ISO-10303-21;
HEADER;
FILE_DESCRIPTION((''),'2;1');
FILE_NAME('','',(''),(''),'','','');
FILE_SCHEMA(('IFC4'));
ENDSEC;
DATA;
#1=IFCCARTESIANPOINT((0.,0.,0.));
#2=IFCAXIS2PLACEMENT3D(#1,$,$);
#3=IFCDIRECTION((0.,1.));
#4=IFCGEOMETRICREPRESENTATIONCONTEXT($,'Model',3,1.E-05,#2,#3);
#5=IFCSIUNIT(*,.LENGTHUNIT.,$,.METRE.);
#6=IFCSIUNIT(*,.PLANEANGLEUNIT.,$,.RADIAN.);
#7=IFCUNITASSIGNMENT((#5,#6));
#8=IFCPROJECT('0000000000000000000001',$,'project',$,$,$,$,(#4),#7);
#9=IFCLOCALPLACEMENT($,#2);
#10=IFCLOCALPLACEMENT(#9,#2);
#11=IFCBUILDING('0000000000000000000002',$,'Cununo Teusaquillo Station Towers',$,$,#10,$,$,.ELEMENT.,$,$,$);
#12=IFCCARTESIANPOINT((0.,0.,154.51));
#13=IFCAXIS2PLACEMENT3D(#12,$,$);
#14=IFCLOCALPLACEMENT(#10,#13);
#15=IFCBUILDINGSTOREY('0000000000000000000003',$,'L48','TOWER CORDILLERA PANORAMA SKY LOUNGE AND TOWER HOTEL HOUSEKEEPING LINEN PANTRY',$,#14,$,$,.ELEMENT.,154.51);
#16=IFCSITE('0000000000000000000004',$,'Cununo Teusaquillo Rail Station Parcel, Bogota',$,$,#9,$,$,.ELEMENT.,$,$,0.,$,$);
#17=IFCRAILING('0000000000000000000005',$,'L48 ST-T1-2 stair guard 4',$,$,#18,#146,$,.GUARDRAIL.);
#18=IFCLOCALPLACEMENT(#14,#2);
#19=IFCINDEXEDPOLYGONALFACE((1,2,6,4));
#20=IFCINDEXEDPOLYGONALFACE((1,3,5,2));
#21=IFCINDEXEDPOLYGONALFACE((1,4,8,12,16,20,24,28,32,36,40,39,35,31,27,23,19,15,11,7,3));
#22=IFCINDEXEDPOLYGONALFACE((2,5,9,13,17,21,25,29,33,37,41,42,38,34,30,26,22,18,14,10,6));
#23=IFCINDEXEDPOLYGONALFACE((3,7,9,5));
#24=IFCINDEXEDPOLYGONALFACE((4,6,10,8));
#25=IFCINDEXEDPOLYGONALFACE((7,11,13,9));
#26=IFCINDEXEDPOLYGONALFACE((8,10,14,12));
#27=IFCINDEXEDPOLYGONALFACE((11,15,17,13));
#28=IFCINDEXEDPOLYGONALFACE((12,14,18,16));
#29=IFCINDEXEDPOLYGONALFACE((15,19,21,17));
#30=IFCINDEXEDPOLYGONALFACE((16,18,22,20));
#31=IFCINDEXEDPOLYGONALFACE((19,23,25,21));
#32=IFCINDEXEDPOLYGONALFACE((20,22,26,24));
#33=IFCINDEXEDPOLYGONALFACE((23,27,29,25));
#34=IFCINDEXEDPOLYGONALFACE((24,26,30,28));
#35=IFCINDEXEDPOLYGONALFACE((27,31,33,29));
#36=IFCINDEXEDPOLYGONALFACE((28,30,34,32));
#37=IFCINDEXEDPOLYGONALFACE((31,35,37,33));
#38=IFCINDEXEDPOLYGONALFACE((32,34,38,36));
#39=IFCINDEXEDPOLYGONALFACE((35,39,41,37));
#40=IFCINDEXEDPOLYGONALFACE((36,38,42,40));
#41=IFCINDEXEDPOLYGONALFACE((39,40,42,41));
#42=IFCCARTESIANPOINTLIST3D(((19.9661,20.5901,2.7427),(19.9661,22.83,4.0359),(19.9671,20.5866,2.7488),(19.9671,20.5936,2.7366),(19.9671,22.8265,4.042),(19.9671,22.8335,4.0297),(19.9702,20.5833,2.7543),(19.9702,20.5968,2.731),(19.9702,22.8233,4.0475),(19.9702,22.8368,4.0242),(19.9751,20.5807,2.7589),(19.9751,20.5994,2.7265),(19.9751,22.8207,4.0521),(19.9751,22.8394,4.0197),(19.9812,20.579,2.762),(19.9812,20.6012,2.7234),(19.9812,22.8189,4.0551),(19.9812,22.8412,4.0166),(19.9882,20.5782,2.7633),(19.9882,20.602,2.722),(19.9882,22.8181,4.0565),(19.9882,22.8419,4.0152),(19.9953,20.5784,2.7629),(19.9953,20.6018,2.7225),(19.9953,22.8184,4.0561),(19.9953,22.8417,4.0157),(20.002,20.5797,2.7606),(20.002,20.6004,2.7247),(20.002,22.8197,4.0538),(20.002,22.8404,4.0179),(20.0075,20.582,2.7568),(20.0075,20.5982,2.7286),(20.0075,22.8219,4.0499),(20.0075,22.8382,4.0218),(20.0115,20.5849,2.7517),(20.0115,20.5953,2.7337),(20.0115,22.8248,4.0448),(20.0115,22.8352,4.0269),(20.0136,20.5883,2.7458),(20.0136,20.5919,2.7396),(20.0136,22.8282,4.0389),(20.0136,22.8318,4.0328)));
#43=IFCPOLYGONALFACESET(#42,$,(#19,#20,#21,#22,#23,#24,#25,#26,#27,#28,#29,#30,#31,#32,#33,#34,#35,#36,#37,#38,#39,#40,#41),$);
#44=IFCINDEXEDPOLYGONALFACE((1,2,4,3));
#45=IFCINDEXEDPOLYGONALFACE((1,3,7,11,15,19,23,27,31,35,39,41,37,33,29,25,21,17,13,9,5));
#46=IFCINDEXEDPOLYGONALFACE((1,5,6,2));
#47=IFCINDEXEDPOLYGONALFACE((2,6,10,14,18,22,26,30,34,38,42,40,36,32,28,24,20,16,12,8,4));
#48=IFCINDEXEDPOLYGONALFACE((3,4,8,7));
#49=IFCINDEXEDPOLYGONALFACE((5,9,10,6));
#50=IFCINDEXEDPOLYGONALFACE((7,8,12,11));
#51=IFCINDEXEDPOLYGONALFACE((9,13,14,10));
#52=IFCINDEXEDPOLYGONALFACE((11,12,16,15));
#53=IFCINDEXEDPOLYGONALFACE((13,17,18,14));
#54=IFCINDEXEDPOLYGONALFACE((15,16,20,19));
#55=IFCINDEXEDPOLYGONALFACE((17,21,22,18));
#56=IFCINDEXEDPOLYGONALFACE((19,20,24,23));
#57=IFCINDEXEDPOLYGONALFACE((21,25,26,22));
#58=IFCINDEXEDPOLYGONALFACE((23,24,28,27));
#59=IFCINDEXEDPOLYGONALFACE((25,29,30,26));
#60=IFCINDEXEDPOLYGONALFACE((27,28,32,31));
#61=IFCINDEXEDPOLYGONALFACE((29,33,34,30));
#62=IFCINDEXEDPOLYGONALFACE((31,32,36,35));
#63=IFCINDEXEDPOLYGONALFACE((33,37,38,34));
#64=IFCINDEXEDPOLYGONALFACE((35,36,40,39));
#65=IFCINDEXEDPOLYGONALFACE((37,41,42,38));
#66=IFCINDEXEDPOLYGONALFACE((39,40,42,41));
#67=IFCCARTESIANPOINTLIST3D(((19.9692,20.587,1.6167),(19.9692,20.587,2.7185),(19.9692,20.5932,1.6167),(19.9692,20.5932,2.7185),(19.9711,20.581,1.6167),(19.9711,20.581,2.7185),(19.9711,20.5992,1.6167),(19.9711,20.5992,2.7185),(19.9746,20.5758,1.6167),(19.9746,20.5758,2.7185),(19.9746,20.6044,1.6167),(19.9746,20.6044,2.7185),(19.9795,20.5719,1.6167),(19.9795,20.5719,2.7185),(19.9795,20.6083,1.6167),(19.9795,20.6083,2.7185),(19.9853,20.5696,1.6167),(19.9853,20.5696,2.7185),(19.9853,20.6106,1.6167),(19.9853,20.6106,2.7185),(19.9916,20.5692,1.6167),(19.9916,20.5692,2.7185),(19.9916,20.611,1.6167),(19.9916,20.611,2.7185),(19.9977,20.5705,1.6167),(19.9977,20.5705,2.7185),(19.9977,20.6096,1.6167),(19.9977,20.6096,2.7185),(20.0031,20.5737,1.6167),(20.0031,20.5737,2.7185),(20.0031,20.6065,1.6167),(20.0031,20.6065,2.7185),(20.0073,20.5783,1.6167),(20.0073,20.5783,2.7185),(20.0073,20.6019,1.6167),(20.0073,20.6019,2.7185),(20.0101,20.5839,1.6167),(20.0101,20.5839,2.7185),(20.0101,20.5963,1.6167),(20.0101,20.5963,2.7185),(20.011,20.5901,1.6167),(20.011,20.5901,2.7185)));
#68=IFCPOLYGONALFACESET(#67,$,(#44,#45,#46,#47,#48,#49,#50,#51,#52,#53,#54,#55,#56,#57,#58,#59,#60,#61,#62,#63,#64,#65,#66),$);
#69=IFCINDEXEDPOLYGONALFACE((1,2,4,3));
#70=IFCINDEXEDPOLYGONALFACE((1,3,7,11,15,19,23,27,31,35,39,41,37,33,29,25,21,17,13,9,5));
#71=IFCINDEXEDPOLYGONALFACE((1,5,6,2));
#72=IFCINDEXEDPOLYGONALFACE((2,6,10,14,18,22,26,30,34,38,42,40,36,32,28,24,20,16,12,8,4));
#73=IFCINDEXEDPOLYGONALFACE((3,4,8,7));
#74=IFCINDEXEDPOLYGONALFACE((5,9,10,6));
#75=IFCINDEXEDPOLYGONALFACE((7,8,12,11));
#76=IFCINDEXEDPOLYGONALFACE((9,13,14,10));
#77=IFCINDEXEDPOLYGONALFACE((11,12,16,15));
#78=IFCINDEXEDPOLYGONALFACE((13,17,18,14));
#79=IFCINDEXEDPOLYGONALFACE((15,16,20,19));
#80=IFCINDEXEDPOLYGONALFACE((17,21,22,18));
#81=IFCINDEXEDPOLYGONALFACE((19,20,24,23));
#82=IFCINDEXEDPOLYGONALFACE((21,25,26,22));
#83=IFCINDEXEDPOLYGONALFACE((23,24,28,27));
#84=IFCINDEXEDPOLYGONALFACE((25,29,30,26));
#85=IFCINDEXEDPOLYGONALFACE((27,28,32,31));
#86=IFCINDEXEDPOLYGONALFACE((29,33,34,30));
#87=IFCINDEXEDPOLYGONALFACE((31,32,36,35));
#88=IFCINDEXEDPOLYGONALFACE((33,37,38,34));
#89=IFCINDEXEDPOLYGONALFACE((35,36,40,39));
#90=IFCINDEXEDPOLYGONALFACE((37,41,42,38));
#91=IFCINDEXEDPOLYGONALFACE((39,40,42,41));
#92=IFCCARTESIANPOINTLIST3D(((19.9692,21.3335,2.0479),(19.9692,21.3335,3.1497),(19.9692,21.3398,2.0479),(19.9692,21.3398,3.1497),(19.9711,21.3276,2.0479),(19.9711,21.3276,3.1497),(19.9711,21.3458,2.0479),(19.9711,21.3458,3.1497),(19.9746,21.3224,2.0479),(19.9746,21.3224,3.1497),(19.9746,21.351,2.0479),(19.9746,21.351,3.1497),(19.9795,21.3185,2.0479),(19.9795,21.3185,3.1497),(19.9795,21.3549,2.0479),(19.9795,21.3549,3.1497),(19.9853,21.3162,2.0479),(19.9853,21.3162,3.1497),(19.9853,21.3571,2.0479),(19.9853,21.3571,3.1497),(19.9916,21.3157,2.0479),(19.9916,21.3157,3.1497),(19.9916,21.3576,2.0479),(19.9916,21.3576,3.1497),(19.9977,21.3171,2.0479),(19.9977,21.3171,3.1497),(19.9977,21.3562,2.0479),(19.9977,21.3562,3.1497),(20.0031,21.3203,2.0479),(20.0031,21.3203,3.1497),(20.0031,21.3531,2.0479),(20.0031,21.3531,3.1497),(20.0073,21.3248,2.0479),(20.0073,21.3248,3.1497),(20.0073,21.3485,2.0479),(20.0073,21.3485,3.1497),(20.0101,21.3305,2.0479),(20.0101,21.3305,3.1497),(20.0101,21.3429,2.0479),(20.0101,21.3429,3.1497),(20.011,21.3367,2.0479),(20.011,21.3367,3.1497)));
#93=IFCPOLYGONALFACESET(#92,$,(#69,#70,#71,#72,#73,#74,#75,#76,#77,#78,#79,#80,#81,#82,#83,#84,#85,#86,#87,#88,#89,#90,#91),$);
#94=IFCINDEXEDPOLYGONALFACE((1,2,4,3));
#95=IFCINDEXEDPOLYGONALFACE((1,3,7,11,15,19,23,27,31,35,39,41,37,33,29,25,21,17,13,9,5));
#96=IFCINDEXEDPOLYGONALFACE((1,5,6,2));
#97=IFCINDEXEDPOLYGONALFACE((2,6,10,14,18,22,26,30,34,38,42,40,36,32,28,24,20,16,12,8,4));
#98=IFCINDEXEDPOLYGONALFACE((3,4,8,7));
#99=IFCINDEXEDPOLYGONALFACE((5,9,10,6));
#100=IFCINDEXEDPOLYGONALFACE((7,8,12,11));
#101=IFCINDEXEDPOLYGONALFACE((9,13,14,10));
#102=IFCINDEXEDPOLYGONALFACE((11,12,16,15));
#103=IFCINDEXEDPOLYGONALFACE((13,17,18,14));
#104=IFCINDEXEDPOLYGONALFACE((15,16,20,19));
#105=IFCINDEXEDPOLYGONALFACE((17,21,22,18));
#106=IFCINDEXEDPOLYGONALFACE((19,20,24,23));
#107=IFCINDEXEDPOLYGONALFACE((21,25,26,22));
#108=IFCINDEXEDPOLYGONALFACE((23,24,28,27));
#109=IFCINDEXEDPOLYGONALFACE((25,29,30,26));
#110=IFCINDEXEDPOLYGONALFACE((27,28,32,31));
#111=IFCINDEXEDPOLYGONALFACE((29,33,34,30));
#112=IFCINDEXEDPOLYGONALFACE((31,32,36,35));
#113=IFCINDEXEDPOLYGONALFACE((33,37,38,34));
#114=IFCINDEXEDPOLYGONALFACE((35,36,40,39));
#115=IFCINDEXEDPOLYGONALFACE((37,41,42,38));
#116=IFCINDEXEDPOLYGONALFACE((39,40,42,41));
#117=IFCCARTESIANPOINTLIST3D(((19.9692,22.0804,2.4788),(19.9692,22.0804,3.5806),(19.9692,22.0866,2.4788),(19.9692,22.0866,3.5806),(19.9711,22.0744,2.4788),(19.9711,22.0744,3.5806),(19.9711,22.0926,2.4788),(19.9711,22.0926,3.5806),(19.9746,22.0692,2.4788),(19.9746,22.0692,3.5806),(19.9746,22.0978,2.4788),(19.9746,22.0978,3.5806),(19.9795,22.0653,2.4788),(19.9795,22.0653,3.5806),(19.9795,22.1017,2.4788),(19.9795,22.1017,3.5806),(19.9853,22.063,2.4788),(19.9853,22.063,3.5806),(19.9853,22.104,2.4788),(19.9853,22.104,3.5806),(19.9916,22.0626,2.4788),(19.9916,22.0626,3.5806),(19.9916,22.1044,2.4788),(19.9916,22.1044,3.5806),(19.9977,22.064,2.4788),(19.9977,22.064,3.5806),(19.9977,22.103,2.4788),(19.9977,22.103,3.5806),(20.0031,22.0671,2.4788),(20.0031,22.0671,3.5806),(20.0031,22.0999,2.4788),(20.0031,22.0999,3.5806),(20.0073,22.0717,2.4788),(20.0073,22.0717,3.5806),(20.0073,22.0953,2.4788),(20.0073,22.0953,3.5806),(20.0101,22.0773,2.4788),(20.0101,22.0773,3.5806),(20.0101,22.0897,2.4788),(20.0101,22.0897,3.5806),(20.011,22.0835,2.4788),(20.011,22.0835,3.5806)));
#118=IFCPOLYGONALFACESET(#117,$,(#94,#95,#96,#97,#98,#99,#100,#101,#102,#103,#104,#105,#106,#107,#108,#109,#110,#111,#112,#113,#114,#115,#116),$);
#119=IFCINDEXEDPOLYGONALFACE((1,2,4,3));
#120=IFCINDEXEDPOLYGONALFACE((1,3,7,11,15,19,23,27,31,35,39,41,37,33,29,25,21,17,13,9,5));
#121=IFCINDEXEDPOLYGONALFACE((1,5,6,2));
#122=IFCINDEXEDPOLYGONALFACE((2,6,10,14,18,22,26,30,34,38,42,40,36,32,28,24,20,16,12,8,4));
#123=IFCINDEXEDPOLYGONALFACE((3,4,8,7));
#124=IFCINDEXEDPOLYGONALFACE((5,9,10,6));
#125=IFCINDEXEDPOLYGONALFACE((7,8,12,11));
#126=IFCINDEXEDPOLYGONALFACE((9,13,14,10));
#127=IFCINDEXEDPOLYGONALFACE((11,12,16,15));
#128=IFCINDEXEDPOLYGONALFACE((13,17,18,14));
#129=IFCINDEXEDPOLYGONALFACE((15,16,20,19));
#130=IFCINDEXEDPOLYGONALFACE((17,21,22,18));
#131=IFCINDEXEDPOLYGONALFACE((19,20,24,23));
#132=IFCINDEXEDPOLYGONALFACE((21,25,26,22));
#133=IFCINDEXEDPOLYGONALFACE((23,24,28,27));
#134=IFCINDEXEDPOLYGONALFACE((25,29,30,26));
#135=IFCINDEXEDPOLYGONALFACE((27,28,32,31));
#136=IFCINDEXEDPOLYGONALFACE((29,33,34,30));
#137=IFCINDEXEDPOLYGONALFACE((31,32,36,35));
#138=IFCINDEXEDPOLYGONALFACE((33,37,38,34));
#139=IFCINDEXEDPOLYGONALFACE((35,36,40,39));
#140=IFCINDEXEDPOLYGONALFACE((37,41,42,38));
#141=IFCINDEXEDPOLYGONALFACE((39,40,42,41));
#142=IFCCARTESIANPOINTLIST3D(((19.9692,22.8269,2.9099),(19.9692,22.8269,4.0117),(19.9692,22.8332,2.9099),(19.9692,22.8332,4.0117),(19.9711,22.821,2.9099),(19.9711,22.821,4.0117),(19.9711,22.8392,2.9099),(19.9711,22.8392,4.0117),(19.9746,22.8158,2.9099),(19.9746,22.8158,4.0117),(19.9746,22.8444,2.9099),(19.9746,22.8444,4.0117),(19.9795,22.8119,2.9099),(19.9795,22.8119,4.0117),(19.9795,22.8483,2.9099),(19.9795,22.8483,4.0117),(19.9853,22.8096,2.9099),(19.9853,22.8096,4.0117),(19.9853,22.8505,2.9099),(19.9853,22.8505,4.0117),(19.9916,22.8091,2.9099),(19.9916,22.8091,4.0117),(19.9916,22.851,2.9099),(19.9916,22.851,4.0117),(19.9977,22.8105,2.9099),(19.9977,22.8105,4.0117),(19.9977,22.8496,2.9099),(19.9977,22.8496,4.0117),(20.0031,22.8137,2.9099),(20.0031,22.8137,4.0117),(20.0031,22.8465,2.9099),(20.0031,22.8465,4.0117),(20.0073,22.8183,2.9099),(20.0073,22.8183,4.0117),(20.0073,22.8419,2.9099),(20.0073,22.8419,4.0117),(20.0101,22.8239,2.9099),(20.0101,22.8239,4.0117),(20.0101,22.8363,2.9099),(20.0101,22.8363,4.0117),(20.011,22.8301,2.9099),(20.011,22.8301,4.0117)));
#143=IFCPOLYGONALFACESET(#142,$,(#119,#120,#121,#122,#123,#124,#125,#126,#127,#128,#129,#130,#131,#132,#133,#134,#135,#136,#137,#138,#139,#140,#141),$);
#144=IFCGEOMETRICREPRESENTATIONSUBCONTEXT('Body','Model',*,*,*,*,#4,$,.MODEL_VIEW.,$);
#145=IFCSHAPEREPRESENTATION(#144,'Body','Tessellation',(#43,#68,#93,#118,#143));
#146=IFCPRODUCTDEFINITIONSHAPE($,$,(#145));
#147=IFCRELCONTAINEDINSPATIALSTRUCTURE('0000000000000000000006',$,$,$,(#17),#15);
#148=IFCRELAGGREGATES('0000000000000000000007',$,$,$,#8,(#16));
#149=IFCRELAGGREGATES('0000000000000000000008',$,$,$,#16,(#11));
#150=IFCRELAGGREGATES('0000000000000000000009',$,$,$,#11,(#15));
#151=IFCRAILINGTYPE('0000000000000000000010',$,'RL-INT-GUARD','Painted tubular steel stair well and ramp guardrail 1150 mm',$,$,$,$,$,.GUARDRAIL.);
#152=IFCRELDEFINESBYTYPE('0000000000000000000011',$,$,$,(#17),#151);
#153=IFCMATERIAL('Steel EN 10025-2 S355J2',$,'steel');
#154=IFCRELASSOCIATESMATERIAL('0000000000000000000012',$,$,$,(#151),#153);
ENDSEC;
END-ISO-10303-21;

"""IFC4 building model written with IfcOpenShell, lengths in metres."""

from ifc_helpers import new_model, si_unit, direction, frame, origin, origin_2d, place, context, subcontext, project, spatial, circle, extrude, material, type_object, element, save


model = new_model("IFC4")

# Units and contexts
model_context = context("Model", 3, precision=1e-05, world=origin(), true_north=direction((0.0, 1.0)))
body_context = subcontext(model_context, "Body", "Model", "MODEL_VIEW")
ifc_project = project(units=[si_unit("LENGTHUNIT", "METRE"), si_unit("PLANEANGLEUNIT", "RADIAN")], contexts=[model_context])

# Site, building, storey
site_placement = place(None, origin())
site = spatial("IfcSite", under=ifc_project, at=site_placement, Name="Cununo Teusaquillo Rail Station Parcel, Bogota", CompositionType="ELEMENT", RefElevation=0.0)
building_placement = place(site_placement, origin())
building = spatial("IfcBuilding", under=site, at=building_placement, Name="Cununo Teusaquillo Station Towers", CompositionType="ELEMENT")
storey_placement = place(building_placement, frame((0.0, 0.0, 154.51)))
storey = spatial("IfcBuildingStorey", under=building, at=storey_placement, Name="L48", Description="TOWER CORDILLERA PANORAMA SKY LOUNGE AND TOWER HOTEL HOUSEKEEPING LINEN PANTRY", CompositionType="ELEMENT", Elevation=154.51)

# Railing
ifc_material_1 = material(Name="Steel EN 10025-2 S355J2", Category="steel")
railing_type_1 = type_object("IfcRailingType", Name="RL-INT-GUARD", Description="Painted tubular steel stair well and ramp guardrail 1150 mm", PredefinedType="GUARDRAIL", material=ifc_material_1)
railing_1_placement = place(storey_placement, frame((19.99, 20.5901, 1.6167)))
element("IfcRailing", 1, at=railing_1_placement, inside=storey, type_object=railing_type_1, Name="L48 ST-T1-2 stair guard 4", PredefinedType="GUARDRAIL", context=body_context, shape_type="SweptSolid", body=[
    extrude(circle(Radius=0.0239, at=origin_2d()), frame((0.0, 0.0, 1.126), z_axis=(0.0, 0.866033, 0.499987), x_axis=(-1.0, 0.0, 0.0)), (0.0, 0.0, 1.0), 2.5864),
    extrude(circle(Radius=0.021, at=origin_2d()), origin(), (0.0, 0.0, 1.0), 1.1018),
    extrude(circle(Radius=0.021, at=origin_2d()), frame((0.0, 0.7466, 0.4312)), (0.0, 0.0, 1.0), 1.1018),
    extrude(circle(Radius=0.021, at=origin_2d()), frame((0.0, 1.4934, 0.8621)), (0.0, 0.0, 1.0), 1.1018),
    extrude(circle(Radius=0.021, at=origin_2d()), frame((0.0, 2.24, 1.2932)), (0.0, 0.0, 1.0), 1.1018),
])

save(model, "model.ifc")
